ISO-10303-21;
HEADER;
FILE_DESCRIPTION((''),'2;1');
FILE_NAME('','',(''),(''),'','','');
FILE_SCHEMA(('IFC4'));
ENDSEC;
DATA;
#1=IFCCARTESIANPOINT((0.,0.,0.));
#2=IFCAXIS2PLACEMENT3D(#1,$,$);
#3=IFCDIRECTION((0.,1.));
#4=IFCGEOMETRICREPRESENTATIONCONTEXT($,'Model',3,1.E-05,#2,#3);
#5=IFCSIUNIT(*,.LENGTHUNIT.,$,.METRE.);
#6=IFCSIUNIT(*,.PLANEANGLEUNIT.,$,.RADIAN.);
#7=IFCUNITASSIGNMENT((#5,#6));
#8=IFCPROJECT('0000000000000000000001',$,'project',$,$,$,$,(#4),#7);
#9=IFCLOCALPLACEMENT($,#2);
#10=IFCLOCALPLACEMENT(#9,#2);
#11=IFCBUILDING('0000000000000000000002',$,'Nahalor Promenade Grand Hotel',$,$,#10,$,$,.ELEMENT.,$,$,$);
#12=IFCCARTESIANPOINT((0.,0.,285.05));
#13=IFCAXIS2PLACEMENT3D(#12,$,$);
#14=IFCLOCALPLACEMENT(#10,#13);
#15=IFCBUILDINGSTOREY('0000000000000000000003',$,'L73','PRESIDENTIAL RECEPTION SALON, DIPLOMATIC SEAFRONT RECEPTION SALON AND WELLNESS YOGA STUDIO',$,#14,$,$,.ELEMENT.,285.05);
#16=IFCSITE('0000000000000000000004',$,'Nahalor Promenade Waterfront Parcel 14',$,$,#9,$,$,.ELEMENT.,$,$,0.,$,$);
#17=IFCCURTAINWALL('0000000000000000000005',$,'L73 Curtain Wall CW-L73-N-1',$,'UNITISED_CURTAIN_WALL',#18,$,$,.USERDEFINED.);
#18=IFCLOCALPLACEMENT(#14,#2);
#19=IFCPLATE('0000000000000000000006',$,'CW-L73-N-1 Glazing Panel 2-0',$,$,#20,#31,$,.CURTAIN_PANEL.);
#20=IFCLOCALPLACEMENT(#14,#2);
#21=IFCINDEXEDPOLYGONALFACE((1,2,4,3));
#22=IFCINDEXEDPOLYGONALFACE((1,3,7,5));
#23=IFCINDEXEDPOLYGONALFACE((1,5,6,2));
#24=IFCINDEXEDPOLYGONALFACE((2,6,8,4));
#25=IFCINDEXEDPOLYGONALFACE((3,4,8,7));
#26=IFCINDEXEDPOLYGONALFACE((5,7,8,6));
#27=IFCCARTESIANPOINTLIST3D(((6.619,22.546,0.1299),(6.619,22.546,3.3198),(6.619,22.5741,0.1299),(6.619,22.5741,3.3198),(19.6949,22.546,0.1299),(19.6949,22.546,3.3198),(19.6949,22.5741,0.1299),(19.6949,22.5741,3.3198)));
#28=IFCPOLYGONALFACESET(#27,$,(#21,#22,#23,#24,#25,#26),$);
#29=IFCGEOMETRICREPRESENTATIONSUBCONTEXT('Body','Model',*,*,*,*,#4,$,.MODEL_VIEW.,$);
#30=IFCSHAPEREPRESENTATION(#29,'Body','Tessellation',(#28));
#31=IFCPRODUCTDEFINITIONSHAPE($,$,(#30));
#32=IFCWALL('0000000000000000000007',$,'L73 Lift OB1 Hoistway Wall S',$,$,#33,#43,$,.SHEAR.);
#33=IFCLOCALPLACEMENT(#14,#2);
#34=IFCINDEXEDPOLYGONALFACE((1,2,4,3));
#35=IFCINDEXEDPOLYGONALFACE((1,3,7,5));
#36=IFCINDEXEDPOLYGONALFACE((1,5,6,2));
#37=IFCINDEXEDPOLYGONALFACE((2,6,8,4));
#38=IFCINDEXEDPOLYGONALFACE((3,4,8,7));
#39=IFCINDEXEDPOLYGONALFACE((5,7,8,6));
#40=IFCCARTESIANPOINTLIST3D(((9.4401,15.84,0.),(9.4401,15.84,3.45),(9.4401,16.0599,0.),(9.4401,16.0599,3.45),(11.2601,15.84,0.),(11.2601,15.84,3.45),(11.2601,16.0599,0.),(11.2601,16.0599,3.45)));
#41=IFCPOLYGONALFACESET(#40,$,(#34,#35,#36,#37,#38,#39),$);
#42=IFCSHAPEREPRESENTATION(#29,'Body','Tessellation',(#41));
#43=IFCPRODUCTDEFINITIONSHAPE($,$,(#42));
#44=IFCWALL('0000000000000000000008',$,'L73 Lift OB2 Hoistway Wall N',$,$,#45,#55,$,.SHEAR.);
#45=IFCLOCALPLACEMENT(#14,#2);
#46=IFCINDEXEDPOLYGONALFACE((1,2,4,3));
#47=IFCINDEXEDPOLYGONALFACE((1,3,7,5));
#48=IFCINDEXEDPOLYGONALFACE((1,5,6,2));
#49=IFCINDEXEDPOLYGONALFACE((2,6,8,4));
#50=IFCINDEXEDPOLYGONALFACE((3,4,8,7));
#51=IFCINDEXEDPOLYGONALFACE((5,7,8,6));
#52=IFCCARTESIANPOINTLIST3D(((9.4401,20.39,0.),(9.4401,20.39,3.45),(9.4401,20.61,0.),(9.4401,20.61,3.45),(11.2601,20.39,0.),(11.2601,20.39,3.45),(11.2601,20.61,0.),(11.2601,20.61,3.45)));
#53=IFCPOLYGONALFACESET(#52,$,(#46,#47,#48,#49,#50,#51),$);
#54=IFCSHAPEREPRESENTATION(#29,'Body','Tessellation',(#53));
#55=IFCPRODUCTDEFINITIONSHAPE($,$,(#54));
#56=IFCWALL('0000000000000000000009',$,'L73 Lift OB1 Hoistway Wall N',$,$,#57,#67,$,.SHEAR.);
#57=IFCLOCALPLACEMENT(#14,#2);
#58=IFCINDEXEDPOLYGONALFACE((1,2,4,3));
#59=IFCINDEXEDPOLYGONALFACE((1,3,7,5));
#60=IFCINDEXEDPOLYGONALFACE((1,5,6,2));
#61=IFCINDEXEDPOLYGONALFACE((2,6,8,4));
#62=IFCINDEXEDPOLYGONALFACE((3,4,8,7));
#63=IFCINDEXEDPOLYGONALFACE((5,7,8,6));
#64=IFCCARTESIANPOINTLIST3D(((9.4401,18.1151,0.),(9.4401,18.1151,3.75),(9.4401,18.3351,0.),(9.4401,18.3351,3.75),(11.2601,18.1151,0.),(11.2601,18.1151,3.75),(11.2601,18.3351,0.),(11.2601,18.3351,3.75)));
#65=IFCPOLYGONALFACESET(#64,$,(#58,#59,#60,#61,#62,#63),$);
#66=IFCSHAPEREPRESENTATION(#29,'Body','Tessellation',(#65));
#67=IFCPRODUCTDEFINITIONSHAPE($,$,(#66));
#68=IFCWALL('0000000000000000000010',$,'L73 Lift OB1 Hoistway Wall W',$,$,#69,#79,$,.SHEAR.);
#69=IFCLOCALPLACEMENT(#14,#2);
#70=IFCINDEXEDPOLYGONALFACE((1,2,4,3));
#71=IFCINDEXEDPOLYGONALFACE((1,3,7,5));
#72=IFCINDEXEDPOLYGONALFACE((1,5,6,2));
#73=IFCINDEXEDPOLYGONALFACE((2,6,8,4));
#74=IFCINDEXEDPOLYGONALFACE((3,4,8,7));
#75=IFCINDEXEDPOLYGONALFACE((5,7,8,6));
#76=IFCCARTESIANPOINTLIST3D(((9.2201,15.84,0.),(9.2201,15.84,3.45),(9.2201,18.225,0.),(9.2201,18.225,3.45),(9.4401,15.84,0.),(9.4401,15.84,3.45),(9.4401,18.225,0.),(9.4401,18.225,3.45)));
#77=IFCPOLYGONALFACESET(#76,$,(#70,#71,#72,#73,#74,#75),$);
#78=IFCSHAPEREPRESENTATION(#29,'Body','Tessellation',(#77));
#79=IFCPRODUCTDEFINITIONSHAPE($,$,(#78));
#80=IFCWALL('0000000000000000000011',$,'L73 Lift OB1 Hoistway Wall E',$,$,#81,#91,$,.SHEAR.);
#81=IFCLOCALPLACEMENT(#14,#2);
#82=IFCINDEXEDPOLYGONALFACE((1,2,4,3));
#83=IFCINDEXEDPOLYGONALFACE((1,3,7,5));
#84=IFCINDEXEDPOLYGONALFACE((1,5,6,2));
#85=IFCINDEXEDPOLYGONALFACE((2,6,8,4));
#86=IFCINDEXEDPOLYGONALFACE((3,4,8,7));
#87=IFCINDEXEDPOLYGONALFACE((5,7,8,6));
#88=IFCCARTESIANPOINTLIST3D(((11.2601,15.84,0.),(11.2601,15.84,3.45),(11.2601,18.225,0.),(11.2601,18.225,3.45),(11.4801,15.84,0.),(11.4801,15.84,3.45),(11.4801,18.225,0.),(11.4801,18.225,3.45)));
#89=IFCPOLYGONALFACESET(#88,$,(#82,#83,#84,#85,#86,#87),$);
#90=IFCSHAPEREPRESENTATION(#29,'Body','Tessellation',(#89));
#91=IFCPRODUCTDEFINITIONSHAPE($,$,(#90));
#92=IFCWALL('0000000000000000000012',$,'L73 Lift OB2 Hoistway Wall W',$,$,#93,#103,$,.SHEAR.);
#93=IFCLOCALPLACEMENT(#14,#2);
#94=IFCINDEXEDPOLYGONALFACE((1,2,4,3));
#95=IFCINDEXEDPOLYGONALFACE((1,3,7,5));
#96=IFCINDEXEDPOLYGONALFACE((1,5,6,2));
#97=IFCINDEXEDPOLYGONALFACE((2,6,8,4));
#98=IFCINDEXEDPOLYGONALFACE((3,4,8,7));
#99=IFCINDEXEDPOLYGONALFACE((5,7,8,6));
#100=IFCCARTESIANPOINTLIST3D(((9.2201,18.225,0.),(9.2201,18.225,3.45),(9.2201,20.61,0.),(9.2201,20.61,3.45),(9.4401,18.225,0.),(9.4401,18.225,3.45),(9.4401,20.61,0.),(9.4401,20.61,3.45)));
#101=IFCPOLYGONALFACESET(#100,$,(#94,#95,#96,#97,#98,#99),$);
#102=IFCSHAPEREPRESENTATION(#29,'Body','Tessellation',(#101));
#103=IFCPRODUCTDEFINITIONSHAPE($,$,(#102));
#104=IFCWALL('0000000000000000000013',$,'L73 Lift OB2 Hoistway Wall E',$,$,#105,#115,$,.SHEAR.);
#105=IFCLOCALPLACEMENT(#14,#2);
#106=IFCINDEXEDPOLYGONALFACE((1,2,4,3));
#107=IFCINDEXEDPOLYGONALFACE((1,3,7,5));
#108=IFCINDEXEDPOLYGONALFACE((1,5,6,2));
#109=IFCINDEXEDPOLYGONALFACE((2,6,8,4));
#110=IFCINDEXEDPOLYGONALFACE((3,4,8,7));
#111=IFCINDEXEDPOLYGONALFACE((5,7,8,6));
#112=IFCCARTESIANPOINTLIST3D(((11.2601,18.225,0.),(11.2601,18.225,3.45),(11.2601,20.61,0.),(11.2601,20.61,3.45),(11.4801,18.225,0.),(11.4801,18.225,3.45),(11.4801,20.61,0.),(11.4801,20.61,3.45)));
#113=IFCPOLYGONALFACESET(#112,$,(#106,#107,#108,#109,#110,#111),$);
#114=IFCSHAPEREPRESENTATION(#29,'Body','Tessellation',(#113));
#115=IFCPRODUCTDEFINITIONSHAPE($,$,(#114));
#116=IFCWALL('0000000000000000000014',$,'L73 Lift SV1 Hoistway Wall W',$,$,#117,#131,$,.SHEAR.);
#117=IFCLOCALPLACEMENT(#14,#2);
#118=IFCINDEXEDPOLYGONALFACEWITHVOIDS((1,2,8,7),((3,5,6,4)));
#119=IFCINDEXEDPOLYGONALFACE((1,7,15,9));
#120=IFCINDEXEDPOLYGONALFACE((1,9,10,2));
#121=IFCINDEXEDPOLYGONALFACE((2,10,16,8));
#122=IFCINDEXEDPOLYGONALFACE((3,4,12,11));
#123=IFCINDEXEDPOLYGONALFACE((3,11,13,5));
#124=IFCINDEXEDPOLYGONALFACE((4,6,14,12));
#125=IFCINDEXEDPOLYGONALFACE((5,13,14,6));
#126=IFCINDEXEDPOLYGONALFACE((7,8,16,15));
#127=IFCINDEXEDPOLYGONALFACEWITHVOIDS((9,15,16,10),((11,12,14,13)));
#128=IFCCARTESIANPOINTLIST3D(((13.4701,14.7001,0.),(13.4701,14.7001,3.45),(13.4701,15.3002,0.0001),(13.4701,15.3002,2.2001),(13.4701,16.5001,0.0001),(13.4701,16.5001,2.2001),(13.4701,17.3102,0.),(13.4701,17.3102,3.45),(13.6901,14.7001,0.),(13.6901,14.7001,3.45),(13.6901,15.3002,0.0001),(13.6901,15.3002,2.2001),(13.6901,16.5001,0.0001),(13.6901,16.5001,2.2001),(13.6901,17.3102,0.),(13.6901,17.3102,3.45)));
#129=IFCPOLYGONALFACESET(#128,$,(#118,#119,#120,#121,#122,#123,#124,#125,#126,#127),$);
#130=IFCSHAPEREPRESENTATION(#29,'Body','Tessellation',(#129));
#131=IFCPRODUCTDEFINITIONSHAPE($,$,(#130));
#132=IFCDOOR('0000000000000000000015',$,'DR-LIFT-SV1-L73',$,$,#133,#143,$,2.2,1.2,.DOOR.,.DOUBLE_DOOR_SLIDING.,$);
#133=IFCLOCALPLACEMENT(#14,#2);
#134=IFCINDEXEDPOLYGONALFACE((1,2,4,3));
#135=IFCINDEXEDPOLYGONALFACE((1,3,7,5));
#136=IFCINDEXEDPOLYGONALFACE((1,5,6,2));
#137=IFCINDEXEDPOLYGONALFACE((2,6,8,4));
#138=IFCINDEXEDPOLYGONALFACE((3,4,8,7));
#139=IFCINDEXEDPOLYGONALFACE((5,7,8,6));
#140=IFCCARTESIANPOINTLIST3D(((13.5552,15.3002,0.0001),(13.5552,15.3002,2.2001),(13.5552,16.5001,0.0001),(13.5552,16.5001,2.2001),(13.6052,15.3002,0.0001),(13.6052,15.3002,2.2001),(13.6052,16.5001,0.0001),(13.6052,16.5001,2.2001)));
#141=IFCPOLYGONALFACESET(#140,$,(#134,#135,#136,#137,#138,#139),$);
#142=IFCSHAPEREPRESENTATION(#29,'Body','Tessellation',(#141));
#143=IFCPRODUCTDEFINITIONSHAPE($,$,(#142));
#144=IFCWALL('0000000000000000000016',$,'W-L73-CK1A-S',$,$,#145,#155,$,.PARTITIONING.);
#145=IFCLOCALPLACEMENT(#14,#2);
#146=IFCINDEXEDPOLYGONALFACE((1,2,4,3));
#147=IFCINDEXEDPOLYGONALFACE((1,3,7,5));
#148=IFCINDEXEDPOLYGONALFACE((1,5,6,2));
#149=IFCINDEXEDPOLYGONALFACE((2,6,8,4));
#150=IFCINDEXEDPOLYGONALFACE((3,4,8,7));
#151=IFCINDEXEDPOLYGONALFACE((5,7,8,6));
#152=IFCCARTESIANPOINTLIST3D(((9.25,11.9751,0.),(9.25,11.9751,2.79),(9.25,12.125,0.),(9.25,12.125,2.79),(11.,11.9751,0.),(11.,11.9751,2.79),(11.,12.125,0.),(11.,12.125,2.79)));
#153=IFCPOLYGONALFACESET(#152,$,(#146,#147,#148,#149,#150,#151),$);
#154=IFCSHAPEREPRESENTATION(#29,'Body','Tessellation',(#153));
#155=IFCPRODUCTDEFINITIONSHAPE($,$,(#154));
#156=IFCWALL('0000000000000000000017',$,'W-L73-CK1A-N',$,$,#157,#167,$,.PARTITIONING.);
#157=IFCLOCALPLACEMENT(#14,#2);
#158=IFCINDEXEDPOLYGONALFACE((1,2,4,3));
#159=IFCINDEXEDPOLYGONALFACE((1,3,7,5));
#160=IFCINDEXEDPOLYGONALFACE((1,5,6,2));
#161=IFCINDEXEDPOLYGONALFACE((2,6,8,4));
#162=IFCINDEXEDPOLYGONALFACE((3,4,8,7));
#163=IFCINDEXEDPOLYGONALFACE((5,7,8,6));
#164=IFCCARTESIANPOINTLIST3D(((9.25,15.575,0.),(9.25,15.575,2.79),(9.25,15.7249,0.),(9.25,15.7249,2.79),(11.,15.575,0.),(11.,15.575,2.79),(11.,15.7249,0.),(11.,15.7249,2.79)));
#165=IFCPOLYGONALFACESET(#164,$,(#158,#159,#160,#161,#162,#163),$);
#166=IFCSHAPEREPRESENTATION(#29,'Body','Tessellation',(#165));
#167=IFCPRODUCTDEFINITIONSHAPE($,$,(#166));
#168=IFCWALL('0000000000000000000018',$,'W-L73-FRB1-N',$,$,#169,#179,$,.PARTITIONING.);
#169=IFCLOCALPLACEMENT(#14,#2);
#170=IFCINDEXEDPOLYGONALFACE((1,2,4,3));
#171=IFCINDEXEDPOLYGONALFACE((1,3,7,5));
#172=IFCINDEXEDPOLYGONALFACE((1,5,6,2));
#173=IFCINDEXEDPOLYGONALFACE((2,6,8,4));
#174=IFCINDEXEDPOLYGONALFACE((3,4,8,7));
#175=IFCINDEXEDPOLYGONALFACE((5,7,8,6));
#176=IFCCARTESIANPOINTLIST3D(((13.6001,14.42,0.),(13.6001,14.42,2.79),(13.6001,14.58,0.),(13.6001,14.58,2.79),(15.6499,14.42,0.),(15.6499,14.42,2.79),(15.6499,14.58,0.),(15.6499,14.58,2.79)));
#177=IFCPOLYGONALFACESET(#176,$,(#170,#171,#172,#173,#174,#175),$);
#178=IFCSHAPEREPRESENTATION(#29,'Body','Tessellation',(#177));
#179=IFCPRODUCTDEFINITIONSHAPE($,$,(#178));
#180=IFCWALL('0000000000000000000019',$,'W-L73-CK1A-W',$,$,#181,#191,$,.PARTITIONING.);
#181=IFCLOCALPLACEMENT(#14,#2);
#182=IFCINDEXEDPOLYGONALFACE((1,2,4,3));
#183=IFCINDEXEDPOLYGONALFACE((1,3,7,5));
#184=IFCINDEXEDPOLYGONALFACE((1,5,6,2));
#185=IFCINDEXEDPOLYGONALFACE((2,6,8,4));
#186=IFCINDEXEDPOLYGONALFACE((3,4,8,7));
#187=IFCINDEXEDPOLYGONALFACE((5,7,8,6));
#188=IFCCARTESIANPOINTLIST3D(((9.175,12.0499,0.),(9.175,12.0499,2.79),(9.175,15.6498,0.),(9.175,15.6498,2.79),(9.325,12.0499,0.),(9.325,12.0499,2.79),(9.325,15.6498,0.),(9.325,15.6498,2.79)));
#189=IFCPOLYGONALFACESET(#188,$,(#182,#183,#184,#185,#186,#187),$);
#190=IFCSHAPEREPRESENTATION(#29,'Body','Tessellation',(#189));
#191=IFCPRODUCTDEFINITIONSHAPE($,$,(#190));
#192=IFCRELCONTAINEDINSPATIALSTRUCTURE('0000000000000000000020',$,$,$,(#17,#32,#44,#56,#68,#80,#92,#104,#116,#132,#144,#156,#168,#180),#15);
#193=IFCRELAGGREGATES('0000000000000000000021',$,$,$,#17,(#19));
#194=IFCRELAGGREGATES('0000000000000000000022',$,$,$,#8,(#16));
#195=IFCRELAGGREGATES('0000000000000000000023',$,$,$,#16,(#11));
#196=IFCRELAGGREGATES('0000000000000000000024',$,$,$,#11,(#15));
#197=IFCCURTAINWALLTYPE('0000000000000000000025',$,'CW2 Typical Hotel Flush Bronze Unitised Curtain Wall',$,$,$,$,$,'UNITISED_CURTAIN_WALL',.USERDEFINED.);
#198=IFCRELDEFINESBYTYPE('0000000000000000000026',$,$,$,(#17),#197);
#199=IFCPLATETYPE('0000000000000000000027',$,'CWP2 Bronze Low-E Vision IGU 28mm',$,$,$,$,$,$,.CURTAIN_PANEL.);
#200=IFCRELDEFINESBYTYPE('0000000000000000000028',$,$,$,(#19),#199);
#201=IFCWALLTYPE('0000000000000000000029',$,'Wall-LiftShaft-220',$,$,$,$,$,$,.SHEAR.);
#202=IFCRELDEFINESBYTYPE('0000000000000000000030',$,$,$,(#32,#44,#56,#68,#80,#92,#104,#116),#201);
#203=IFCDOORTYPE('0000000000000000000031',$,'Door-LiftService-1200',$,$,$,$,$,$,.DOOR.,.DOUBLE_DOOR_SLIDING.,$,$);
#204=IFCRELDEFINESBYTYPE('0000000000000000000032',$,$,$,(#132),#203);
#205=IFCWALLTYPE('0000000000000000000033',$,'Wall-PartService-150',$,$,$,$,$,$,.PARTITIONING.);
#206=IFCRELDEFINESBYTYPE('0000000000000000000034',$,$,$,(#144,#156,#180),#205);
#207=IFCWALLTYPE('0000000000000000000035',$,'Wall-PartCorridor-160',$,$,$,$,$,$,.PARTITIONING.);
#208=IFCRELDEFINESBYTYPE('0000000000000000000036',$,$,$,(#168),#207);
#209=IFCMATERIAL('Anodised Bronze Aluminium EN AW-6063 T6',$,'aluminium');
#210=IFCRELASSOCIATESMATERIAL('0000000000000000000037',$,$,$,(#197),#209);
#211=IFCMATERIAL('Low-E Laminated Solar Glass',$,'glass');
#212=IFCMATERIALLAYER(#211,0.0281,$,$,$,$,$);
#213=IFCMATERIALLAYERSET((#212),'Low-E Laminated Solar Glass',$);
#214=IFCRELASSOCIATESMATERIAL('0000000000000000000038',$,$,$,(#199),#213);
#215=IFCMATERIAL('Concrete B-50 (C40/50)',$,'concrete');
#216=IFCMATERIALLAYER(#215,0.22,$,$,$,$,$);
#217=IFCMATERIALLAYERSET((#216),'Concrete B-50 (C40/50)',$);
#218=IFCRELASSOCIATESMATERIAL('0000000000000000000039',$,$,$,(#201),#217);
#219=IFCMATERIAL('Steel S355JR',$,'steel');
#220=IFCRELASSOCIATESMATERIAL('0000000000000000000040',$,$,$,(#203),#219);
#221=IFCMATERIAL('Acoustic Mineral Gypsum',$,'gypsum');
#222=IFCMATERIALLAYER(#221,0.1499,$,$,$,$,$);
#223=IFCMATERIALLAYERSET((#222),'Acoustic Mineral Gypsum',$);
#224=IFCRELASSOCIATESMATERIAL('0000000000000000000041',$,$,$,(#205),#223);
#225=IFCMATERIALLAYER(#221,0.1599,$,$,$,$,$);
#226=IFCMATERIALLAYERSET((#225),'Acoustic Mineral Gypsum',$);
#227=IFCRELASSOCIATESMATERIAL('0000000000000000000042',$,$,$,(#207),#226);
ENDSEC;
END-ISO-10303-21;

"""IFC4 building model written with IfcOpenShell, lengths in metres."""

from ifc_helpers import new_model, si_unit, direction, frame, frame_2d, origin, origin_2d, place, context, subcontext, project, spatial, rectangle, extrude, source, transform, mapped, material, layer, layer_set, type_object, element, fill, aggregate, save


model = new_model("IFC4")

# Units and contexts
model_context = context("Model", 3, precision=1e-05, world=origin(), true_north=direction((0.0, 1.0)))
body_context = subcontext(model_context, "Body", "Model", "MODEL_VIEW")
ifc_project = project(units=[si_unit("LENGTHUNIT", "METRE"), si_unit("PLANEANGLEUNIT", "RADIAN")], contexts=[model_context])

# Site, building, storey
site_placement = place(None, origin())
site = spatial("IfcSite", under=ifc_project, at=site_placement, Name="Nahalor Promenade Waterfront Parcel 14", CompositionType="ELEMENT", RefElevation=0.0)
building_placement = place(site_placement, origin())
building = spatial("IfcBuilding", under=site, at=building_placement, Name="Nahalor Promenade Grand Hotel", CompositionType="ELEMENT")
storey_placement = place(building_placement, frame((0.0, 0.0, 285.05)))
storey = spatial("IfcBuildingStorey", under=building, at=storey_placement, Name="L73", Description="PRESIDENTIAL RECEPTION SALON, DIPLOMATIC SEAFRONT RECEPTION SALON AND WELLNESS YOGA STUDIO", CompositionType="ELEMENT", Elevation=285.05)

# Shared definitions
ifc_material_1 = material(Name="Concrete B-50 (C40/50)", Category="concrete")
ifc_material_2 = material(Name="Steel S355JR", Category="steel")

# Curtain wall, plate
ifc_material_3 = material(Name="Anodised Bronze Aluminium EN AW-6063 T6", Category="aluminium")
curtain_wall_type = type_object("IfcCurtainWallType", Name="CW2 Typical Hotel Flush Bronze Unitised Curtain Wall", ElementType="UNITISED_CURTAIN_WALL", PredefinedType="USERDEFINED", material=ifc_material_3)
curtain_wall_placement = place(storey_placement, origin())
curtain_wall = element("IfcCurtainWall", 1, at=curtain_wall_placement, inside=storey, type_object=curtain_wall_type, Name="L73 Curtain Wall CW-L73-N-1", ObjectType="UNITISED_CURTAIN_WALL", PredefinedType="USERDEFINED")
ifc_material_4 = material(Name="Low-E Laminated Solar Glass", Category="glass")
ifc_layer_1 = layer(ifc_material_4, 0.0281)
ifc_layer_set_1 = layer_set([ifc_layer_1], Name="Low-E Laminated Solar Glass")
plate_type = type_object("IfcPlateType", Name="CWP2 Bronze Low-E Vision IGU 28mm", PredefinedType="CURTAIN_PANEL", material=ifc_layer_set_1)
shared_shape_1 = source(origin(), body_context, "Body", "SweptSolid", [
    extrude(rectangle(XDim=13.0759, YDim=0.0281, at=origin_2d()), origin(), (0.0, 0.0, 1.0), 3.1899),
])
plate_placement = place(storey_placement, frame((13.157, 22.5601, 0.1299), z_axis=(0.0, 0.0, 1.0), x_axis=(1.0, 0.0, 0.0)))
plate = element("IfcPlate", 2, at=plate_placement, type_object=plate_type, Name="CW-L73-N-1 Glazing Panel 2-0", PredefinedType="CURTAIN_PANEL", context=body_context, shape_type="MappedRepresentation", body=[
    mapped(shared_shape_1, transform((0.0, 0.0, 0.0), scale=1.0)),
])
aggregate(curtain_wall, [plate])

# Walls
ifc_layer_2 = layer(ifc_material_1, 0.22)
ifc_layer_set_2 = layer_set([ifc_layer_2], Name="Concrete B-50 (C40/50)")
wall_type_1 = type_object("IfcWallType", Name="Wall-LiftShaft-220", PredefinedType="SHEAR", material=ifc_layer_set_2)
shared_shape_2 = source(origin(), body_context, "Body", "SweptSolid", [
    extrude(rectangle(XDim=1.8201, YDim=0.22, at=frame_2d((0.9102, 0.0))), origin(), (0.0, 0.0, 1.0), 3.45),
])
for number, where, z_axis, x_axis, name in (
    (3, (9.4399, 15.95, 0.0), (0.0, 0.0, 1.0), (1.0, 0.0, 0.0), "L73 Lift OB1 Hoistway Wall S"),
    (4, (9.4399, 20.5, 0.0), (0.0, 0.0, 1.0), (1.0, 0.0, 0.0), "L73 Lift OB2 Hoistway Wall N"),
):
    element("IfcWall", number, at=place(storey_placement, frame(where, z_axis=z_axis, x_axis=x_axis)), inside=storey, type_object=wall_type_1, Name=name, PredefinedType="SHEAR", context=body_context, shape_type="MappedRepresentation", body=[
        mapped(shared_shape_2, transform((0.0, 0.0, 0.0), scale=1.0)),
    ])
shared_shape_3 = source(origin(), body_context, "Body", "SweptSolid", [
    extrude(rectangle(XDim=1.8201, YDim=0.22, at=frame_2d((0.9102, 0.0))), origin(), (0.0, 0.0, 1.0), 3.75),
])
wall_1_placement = place(storey_placement, frame((9.4399, 18.2251, 0.0), z_axis=(0.0, 0.0, 1.0), x_axis=(1.0, 0.0, 0.0)))
element("IfcWall", 5, at=wall_1_placement, inside=storey, type_object=wall_type_1, Name="L73 Lift OB1 Hoistway Wall N", PredefinedType="SHEAR", context=body_context, shape_type="MappedRepresentation", body=[
    mapped(shared_shape_3, transform((0.0, 0.0, 0.0), scale=1.0)),
])
shared_shape_4 = source(origin(), body_context, "Body", "SweptSolid", [
    extrude(rectangle(XDim=2.385, YDim=0.22, at=frame_2d((1.1924, 0.0))), origin(), (0.0, 0.0, 1.0), 3.45),
])
for number, where, z_axis, x_axis, name in (
    (6, (9.3301, 15.8401, 0.0), (0.0, 0.0, 1.0), (0.0, 1.0, 0.0), "L73 Lift OB1 Hoistway Wall W"),
    (7, (11.3701, 15.8401, 0.0), (0.0, 0.0, 1.0), (0.0, 1.0, 0.0), "L73 Lift OB1 Hoistway Wall E"),
    (8, (9.3301, 18.2251, 0.0), (0.0, 0.0, 1.0), (0.0, 1.0, 0.0), "L73 Lift OB2 Hoistway Wall W"),
    (9, (11.3701, 18.2251, 0.0), (0.0, 0.0, 1.0), (0.0, 1.0, 0.0), "L73 Lift OB2 Hoistway Wall E"),
):
    element("IfcWall", number, at=place(storey_placement, frame(where, z_axis=z_axis, x_axis=x_axis)), inside=storey, type_object=wall_type_1, Name=name, PredefinedType="SHEAR", context=body_context, shape_type="MappedRepresentation", body=[
        mapped(shared_shape_4, transform((0.0, 0.0, 0.0), scale=1.0)),
    ])

# Wall, opening, door
shared_shape_5 = source(origin(), body_context, "Body", "SweptSolid", [
    extrude(rectangle(XDim=2.6101, YDim=0.22, at=frame_2d((1.3052, 0.0))), origin(), (0.0, 0.0, 1.0), 3.45),
])
wall_2_placement = place(storey_placement, frame((13.5801, 14.7, 0.0), z_axis=(0.0, 0.0, 1.0), x_axis=(0.0, 1.0, 0.0)))
wall_2 = element("IfcWall", 10, at=wall_2_placement, inside=storey, type_object=wall_type_1, Name="L73 Lift SV1 Hoistway Wall W", PredefinedType="SHEAR", context=body_context, shape_type="MappedRepresentation", body=[
    mapped(shared_shape_5, transform((0.0, 0.0, 0.0), scale=1.0)),
])
opening_1_placement = place(wall_2_placement, frame((0.6001, 0.0, 0.0)))
opening_1 = element("IfcOpeningElement", 11, at=opening_1_placement, cuts=wall_2, PredefinedType="OPENING", context=body_context, shape_type="SweptSolid", body=[
    extrude(rectangle(XDim=1.2, YDim=2.2, at=frame_2d((0.6001, 1.1001))), frame((0.0, 0.1199, 0.0), z_axis=(0.0, -1.0, 0.0), x_axis=(1.0, 0.0, 0.0)), (0.0, 0.0, 1.0), 0.24),
])
door_type_1 = type_object("IfcDoorType", Name="Door-LiftService-1200", OperationType="DOUBLE_DOOR_SLIDING", PredefinedType="DOOR", material=ifc_material_2)
shared_shape_6 = source(origin(), body_context, "Body", "SweptSolid", [
    extrude(rectangle(XDim=1.2, YDim=2.2, at=frame_2d((0.6001, 1.1001))), frame((0.0, 0.0249, 0.0), z_axis=(0.0, -1.0, 0.0), x_axis=(1.0, 0.0, 0.0)), (0.0, 0.0, 1.0), 0.05),
])
door_1_placement = place(opening_1_placement, origin())
door_1 = element("IfcDoor", 12, at=door_1_placement, inside=storey, type_object=door_type_1, Name="DR-LIFT-SV1-L73", OperationType="DOUBLE_DOOR_SLIDING", OverallHeight=2.2, OverallWidth=1.2, PredefinedType="DOOR", context=body_context, shape_type="MappedRepresentation", body=[
    mapped(shared_shape_6, transform((0.0, 0.0, 0.0), scale=1.0)),
])
fill(opening_1, door_1)

# Walls
ifc_material_5 = material(Name="Acoustic Mineral Gypsum", Category="gypsum")
ifc_layer_3 = layer(ifc_material_5, 0.1499)
ifc_layer_set_3 = layer_set([ifc_layer_3], Name="Acoustic Mineral Gypsum")
wall_type_2 = type_object("IfcWallType", Name="Wall-PartService-150", PredefinedType="PARTITIONING", material=ifc_layer_set_3)
shared_shape_7 = source(origin(), body_context, "Body", "SweptSolid", [
    extrude(rectangle(XDim=1.75, YDim=0.1499, at=frame_2d((0.875, 0.0))), origin(), (0.0, 0.0, 1.0), 2.79),
])
for number, where, z_axis, x_axis, name in (
    (13, (9.25, 12.05, 0.0), (0.0, 0.0, 1.0), (1.0, 0.0, 0.0), "W-L73-CK1A-S"),
    (14, (9.25, 15.6499, 0.0), (0.0, 0.0, 1.0), (1.0, 0.0, 0.0), "W-L73-CK1A-N"),
):
    element("IfcWall", number, at=place(storey_placement, frame(where, z_axis=z_axis, x_axis=x_axis)), inside=storey, type_object=wall_type_2, Name=name, PredefinedType="PARTITIONING", context=body_context, shape_type="MappedRepresentation", body=[
        mapped(shared_shape_7, transform((0.0, 0.0, 0.0), scale=1.0)),
    ])
ifc_layer_4 = layer(ifc_material_5, 0.1599)
ifc_layer_set_4 = layer_set([ifc_layer_4], Name="Acoustic Mineral Gypsum")
wall_type_3 = type_object("IfcWallType", Name="Wall-PartCorridor-160", PredefinedType="PARTITIONING", material=ifc_layer_set_4)
shared_shape_8 = source(origin(), body_context, "Body", "SweptSolid", [
    extrude(rectangle(XDim=2.0498, YDim=0.1599, at=frame_2d((1.0249, 0.0))), origin(), (0.0, 0.0, 1.0), 2.79),
])
wall_3_placement = place(storey_placement, frame((13.6001, 14.5, 0.0), z_axis=(0.0, 0.0, 1.0), x_axis=(1.0, 0.0, 0.0)))
element("IfcWall", 15, at=wall_3_placement, inside=storey, type_object=wall_type_3, Name="W-L73-FRB1-N", PredefinedType="PARTITIONING", context=body_context, shape_type="MappedRepresentation", body=[
    mapped(shared_shape_8, transform((0.0, 0.0, 0.0), scale=1.0)),
])
shared_shape_9 = source(origin(), body_context, "Body", "SweptSolid", [
    extrude(rectangle(XDim=3.5999, YDim=0.1499, at=frame_2d((1.7998, 0.0))), origin(), (0.0, 0.0, 1.0), 2.79),
])
wall_4_placement = place(storey_placement, frame((9.25, 12.05, 0.0), z_axis=(0.0, 0.0, 1.0), x_axis=(0.0, 1.0, 0.0)))
element("IfcWall", 16, at=wall_4_placement, inside=storey, type_object=wall_type_2, Name="W-L73-CK1A-W", PredefinedType="PARTITIONING", context=body_context, shape_type="MappedRepresentation", body=[
    mapped(shared_shape_9, transform((0.0, 0.0, 0.0), scale=1.0)),
])

save(model, "model.ifc")
